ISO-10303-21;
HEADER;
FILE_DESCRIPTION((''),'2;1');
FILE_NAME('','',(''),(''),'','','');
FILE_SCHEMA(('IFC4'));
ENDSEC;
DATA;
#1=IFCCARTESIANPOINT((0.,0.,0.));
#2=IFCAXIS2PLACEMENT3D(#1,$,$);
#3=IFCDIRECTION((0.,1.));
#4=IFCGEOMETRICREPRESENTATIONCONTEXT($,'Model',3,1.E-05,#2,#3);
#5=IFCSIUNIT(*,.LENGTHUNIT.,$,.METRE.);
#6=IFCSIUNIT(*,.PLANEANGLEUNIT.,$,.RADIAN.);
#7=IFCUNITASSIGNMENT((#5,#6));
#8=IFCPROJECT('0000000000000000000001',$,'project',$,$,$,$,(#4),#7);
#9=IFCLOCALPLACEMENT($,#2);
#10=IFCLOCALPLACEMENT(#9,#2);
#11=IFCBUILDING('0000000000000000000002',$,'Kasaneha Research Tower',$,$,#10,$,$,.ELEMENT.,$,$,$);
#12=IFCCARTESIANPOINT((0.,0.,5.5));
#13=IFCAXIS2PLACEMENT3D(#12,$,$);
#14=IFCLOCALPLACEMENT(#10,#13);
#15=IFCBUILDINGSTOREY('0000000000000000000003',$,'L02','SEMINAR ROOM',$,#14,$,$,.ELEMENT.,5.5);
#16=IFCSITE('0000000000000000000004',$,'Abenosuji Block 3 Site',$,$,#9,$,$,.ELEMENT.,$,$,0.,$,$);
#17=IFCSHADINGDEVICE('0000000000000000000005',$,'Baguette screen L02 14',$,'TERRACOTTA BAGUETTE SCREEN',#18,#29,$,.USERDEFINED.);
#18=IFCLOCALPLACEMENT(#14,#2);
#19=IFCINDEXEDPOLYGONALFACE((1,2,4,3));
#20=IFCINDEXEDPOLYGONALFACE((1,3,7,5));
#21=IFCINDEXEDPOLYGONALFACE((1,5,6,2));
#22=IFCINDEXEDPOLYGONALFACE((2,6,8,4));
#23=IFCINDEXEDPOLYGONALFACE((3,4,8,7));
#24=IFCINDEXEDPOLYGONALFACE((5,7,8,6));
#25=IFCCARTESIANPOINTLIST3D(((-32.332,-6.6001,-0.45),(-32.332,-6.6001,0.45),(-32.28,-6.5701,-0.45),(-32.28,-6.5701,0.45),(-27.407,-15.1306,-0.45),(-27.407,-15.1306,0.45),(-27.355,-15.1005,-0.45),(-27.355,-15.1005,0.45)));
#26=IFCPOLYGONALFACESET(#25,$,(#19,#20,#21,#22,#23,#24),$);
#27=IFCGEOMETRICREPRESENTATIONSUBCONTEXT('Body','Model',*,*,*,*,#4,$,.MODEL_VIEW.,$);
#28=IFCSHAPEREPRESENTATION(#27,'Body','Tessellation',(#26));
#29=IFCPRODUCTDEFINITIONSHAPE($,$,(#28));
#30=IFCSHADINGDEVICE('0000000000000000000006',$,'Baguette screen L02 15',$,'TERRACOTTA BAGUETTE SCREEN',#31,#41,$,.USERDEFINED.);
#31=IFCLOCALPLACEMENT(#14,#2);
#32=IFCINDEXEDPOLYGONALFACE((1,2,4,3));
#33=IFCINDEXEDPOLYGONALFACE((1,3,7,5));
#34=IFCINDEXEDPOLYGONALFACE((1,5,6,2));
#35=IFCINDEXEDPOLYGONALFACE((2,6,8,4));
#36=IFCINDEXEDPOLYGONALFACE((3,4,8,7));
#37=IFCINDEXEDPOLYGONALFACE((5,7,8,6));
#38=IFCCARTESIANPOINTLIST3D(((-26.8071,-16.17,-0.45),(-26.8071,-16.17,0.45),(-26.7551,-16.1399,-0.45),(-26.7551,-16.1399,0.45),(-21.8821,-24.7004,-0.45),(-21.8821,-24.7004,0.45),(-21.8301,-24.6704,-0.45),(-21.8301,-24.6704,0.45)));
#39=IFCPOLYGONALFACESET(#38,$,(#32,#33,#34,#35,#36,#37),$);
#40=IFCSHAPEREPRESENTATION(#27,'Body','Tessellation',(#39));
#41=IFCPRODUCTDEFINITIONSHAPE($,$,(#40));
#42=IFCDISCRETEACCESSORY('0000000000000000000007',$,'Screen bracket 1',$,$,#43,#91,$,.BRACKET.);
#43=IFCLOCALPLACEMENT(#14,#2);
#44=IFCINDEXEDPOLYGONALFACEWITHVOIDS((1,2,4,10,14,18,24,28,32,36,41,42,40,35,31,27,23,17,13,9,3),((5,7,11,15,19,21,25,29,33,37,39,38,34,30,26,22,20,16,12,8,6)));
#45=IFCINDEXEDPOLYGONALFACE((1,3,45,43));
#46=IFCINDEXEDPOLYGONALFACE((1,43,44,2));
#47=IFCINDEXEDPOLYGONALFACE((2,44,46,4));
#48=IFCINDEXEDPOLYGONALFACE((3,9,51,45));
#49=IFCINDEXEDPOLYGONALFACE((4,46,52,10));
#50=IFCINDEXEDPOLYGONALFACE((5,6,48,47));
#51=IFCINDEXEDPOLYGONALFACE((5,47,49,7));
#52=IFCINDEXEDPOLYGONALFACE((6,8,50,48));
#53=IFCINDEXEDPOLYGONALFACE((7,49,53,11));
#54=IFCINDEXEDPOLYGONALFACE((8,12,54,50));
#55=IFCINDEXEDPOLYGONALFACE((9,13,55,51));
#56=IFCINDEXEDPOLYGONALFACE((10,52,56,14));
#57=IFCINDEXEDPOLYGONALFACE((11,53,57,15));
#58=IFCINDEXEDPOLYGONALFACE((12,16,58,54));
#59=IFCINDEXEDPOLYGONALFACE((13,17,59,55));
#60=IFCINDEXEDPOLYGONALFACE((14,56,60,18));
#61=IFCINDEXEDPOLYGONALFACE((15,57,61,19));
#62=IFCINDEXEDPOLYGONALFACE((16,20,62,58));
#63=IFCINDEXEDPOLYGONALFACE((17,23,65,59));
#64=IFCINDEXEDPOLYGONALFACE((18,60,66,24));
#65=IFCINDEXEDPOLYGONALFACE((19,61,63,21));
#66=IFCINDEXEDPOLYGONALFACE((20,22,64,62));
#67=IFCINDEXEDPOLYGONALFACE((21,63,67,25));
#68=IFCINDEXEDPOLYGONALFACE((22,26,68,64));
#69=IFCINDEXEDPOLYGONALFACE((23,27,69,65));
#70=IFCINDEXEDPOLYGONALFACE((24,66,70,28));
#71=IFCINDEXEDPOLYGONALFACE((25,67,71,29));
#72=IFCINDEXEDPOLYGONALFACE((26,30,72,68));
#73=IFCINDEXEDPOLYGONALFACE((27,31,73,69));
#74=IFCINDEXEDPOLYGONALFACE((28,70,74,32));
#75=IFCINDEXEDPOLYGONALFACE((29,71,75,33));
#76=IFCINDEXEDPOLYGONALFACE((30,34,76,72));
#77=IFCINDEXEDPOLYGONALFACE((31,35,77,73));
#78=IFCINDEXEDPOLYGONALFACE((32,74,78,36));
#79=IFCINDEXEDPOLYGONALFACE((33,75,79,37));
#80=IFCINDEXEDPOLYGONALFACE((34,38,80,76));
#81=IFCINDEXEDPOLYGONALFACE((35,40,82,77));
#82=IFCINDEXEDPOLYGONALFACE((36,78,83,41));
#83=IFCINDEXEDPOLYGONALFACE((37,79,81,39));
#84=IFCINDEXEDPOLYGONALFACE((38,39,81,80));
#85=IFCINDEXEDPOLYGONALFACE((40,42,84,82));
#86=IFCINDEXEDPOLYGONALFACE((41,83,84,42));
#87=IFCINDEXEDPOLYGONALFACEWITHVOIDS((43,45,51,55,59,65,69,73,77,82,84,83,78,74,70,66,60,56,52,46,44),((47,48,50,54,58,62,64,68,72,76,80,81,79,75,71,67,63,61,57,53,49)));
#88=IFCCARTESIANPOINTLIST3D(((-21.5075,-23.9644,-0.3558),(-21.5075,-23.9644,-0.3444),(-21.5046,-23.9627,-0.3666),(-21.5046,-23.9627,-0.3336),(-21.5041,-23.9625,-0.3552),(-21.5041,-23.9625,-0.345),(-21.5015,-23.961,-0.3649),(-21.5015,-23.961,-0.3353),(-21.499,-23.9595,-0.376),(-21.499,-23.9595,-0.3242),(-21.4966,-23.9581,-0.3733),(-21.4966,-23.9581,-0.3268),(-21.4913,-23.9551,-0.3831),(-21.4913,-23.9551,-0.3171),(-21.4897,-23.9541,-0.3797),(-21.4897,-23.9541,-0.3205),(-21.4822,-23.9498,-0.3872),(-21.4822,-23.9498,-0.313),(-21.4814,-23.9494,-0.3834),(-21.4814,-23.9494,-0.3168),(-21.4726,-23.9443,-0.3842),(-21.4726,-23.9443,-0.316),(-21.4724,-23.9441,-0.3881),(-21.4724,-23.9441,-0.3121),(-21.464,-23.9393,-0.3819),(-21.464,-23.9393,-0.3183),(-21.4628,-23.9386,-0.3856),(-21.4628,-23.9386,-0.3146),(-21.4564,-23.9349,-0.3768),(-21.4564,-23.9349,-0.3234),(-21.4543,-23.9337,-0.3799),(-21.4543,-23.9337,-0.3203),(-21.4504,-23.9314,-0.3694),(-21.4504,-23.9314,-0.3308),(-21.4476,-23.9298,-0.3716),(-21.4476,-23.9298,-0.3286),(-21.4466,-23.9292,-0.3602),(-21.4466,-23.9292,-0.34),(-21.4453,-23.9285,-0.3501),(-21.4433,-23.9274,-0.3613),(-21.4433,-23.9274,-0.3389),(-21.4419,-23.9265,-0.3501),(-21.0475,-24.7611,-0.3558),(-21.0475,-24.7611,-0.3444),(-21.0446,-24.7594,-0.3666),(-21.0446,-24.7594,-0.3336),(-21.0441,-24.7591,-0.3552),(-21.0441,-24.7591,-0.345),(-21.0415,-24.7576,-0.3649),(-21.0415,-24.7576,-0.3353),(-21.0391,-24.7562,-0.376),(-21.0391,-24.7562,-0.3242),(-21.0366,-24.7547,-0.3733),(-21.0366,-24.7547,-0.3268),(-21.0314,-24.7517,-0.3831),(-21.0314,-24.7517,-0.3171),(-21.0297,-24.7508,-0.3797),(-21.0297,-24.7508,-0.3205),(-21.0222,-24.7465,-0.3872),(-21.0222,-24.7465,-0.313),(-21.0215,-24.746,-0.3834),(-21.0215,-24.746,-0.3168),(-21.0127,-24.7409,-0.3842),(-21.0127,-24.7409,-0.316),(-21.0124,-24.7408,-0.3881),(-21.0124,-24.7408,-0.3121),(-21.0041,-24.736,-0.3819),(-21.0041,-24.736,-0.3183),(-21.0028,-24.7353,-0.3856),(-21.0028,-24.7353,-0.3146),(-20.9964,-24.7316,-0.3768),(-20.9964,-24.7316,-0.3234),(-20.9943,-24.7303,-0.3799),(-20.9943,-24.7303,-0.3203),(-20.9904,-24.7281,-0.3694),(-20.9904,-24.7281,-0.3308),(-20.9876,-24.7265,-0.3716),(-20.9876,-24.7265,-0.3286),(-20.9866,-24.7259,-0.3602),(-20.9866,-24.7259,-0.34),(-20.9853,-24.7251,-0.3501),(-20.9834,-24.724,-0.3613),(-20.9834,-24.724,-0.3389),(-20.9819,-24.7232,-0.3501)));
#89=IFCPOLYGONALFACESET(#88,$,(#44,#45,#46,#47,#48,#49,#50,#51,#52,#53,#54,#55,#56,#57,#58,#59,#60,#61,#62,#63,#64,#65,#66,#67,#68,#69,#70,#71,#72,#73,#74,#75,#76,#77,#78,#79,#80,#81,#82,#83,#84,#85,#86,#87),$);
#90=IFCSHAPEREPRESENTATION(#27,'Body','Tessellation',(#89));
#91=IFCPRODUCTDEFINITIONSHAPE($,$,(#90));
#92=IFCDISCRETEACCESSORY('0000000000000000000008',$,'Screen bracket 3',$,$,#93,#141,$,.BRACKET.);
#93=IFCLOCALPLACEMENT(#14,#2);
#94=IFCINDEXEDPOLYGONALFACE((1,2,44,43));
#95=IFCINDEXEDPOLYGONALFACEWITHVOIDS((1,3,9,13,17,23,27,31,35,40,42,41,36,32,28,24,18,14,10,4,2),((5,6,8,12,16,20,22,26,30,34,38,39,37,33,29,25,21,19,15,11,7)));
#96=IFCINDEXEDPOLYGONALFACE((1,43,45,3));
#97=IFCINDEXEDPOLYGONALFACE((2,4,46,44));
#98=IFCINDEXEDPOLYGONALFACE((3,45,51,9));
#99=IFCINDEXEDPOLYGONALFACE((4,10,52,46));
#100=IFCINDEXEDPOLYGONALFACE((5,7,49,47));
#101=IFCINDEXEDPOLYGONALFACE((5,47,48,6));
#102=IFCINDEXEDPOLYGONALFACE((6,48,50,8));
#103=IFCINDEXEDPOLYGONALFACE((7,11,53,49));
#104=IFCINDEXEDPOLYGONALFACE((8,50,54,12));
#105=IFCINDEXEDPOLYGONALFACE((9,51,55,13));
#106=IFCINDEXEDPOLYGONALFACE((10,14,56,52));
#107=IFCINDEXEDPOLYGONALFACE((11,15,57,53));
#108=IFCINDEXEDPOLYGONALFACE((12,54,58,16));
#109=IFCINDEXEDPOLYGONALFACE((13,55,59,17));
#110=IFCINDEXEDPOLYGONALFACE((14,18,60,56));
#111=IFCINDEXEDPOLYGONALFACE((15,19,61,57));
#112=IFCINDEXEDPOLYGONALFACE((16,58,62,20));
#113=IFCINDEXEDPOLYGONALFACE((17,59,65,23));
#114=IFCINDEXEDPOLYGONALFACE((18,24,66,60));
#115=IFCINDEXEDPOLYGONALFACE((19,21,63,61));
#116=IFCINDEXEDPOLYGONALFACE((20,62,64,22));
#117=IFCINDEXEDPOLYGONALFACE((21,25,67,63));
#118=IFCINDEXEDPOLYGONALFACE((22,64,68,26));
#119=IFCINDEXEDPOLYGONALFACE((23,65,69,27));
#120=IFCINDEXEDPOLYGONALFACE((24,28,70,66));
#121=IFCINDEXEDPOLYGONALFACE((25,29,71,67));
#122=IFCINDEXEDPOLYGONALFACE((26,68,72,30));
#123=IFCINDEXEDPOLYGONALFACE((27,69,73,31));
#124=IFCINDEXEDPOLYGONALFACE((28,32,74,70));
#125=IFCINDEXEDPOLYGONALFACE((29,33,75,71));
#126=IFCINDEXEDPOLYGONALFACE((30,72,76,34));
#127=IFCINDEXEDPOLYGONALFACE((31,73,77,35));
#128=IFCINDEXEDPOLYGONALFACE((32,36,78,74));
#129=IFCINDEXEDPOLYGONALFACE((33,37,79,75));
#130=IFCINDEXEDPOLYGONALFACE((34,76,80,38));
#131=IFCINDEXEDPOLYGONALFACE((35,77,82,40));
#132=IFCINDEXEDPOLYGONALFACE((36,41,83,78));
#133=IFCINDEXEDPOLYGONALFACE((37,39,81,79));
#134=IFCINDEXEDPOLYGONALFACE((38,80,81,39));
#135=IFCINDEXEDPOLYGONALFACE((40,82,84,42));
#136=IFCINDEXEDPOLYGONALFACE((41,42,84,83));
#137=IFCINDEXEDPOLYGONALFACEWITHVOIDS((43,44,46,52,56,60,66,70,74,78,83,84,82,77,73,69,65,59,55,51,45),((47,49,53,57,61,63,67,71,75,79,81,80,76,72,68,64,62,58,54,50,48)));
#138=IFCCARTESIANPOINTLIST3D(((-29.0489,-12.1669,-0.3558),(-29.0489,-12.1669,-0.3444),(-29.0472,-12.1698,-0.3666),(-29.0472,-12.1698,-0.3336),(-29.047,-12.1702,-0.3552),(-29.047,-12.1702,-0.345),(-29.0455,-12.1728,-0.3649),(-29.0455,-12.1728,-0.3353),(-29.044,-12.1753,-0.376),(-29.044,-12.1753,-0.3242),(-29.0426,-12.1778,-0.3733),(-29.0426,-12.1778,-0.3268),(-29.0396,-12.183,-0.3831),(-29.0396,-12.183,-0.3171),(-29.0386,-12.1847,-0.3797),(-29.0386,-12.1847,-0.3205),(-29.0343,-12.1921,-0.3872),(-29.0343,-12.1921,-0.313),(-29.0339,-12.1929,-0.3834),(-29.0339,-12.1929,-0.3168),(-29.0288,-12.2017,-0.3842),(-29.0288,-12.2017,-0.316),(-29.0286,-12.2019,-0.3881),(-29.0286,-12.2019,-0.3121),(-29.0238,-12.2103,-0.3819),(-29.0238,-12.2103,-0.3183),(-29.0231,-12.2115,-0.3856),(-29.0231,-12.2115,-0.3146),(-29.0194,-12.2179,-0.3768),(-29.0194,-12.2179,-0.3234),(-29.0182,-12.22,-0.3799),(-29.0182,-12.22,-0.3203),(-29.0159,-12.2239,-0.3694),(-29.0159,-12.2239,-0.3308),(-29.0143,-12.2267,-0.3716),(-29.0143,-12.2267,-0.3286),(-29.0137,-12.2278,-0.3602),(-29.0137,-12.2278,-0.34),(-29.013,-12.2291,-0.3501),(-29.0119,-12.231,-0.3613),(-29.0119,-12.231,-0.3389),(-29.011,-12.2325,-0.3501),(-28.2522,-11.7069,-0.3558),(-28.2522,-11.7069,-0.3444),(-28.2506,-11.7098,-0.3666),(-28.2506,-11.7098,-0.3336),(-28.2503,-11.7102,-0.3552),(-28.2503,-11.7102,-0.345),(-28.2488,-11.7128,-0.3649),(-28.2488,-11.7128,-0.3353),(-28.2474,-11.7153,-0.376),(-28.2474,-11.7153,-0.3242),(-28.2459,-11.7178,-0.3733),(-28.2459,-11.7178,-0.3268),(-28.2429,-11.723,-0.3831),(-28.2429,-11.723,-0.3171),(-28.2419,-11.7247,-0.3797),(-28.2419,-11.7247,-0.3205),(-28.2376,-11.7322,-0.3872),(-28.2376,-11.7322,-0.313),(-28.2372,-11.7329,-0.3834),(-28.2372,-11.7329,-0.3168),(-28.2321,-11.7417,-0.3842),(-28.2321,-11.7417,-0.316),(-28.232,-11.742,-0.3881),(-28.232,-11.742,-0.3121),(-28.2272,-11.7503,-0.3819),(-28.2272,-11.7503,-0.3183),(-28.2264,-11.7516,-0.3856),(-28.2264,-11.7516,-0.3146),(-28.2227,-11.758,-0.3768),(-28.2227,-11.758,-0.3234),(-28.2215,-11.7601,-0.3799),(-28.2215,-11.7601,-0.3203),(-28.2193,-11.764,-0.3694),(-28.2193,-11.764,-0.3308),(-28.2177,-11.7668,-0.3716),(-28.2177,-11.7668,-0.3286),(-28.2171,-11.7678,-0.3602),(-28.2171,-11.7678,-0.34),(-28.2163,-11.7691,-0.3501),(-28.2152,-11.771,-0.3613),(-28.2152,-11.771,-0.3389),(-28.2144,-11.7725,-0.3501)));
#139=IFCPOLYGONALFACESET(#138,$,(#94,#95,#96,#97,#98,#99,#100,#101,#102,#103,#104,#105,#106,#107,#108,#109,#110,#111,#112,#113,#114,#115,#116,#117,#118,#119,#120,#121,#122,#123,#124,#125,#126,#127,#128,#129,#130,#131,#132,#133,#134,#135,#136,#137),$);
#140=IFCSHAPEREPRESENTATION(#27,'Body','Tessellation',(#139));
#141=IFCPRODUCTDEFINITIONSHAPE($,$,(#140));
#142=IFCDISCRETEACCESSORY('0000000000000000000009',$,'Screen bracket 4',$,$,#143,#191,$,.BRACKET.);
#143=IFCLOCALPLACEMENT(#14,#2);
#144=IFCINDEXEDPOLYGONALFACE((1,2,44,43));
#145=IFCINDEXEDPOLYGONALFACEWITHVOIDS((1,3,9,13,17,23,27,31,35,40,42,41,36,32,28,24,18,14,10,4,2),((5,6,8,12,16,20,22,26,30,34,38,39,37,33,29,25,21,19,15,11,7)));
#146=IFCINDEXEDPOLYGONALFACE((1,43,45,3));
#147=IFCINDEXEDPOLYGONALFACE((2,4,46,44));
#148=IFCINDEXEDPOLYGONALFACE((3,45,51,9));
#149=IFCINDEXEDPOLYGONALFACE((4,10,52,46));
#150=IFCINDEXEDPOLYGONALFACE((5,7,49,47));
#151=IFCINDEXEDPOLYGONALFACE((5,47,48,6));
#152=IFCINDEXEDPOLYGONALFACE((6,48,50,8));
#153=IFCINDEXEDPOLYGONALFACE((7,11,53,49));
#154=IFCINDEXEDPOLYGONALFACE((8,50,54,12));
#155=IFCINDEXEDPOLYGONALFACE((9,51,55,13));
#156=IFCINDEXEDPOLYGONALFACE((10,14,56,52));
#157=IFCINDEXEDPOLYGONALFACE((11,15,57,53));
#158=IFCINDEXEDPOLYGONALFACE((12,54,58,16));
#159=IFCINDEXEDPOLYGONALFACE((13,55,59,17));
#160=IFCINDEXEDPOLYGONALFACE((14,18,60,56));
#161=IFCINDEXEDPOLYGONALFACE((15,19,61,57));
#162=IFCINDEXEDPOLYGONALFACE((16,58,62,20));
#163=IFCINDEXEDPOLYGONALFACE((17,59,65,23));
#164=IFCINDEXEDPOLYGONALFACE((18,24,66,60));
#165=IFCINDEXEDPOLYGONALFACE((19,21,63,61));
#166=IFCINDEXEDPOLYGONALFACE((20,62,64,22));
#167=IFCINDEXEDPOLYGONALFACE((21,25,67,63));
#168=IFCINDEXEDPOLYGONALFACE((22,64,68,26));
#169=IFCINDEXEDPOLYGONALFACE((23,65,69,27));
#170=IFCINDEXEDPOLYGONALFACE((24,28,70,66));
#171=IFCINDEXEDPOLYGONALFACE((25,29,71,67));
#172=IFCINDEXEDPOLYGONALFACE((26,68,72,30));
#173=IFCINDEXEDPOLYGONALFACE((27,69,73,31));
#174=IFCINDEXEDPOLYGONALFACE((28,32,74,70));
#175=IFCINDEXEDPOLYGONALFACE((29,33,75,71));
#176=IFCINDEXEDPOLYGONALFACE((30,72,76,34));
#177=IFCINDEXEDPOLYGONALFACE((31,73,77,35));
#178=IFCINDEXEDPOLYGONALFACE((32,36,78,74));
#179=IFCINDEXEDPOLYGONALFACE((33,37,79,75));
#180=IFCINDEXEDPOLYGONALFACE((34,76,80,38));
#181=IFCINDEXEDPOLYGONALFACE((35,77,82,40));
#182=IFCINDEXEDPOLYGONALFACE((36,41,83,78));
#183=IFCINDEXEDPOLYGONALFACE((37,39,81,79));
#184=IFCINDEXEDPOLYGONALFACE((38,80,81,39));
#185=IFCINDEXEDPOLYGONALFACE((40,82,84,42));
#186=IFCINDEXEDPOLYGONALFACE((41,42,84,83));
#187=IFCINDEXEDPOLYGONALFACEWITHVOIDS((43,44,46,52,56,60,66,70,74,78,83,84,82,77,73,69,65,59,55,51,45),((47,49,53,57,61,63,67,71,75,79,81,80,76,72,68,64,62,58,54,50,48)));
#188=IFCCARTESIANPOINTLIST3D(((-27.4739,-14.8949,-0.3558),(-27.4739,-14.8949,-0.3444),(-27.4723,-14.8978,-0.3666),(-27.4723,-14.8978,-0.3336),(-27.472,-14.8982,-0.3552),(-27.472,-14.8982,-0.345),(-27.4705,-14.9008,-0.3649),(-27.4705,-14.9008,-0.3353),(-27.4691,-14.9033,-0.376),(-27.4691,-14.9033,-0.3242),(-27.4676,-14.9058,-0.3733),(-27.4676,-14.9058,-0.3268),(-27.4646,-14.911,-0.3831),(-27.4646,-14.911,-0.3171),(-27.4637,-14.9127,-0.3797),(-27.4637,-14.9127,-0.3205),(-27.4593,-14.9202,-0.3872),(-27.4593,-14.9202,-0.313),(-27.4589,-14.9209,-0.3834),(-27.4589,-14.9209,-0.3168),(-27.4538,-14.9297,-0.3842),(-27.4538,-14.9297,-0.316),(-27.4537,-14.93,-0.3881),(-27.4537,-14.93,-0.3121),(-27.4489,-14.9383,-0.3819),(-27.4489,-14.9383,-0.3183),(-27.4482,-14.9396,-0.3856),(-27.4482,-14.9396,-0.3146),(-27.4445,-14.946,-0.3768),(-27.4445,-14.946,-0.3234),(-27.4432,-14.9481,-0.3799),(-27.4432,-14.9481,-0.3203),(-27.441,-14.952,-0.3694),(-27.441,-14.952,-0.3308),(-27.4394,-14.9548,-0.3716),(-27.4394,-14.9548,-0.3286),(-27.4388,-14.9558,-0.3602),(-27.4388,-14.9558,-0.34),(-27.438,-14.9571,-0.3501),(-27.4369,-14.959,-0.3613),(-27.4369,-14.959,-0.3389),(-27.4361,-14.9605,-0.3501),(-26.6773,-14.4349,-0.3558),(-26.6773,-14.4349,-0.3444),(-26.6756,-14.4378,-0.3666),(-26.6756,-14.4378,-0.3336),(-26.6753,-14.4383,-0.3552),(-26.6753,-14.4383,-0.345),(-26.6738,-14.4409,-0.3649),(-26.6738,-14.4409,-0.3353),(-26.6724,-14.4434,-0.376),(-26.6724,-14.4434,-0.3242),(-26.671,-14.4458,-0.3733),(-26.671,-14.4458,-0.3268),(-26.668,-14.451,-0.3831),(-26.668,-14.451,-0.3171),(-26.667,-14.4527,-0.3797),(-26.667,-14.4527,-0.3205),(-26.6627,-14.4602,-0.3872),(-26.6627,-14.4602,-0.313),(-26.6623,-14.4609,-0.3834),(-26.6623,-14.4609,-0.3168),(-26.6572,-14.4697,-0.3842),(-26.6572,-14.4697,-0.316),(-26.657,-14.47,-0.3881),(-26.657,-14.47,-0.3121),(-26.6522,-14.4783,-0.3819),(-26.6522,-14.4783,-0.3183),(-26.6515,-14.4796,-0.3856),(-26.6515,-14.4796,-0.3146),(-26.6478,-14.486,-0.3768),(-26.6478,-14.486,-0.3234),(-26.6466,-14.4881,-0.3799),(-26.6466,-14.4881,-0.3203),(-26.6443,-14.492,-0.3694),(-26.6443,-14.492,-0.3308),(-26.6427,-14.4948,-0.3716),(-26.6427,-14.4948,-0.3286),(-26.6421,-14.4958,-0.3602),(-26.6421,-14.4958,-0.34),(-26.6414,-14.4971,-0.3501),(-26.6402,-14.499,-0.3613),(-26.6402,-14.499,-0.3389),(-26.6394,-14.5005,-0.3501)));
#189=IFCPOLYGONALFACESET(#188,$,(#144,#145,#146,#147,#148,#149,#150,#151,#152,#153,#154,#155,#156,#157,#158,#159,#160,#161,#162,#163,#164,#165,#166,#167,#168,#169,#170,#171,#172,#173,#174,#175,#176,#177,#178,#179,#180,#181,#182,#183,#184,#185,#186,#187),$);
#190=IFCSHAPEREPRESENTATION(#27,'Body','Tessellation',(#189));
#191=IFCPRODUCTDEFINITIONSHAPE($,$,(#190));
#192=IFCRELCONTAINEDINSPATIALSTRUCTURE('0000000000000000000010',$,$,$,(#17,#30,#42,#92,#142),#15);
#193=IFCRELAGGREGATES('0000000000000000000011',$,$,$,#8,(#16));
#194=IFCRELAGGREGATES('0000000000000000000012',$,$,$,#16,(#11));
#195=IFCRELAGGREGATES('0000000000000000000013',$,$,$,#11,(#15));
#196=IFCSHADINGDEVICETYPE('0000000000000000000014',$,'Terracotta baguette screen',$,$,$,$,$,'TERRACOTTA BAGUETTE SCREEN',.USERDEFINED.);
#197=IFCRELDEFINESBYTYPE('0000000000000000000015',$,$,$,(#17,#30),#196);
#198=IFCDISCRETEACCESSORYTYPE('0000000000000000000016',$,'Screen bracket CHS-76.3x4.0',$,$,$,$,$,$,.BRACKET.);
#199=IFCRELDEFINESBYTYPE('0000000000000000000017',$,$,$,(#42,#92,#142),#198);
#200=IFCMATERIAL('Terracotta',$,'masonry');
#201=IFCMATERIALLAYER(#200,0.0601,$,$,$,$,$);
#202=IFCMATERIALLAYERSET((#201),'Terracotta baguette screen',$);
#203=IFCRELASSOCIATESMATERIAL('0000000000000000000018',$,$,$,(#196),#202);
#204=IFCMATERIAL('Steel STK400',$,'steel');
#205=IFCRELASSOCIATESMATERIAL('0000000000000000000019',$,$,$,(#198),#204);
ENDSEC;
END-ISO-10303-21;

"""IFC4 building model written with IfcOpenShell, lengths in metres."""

from ifc_helpers import new_model, si_unit, direction, frame, origin, origin_2d, place, context, subcontext, project, spatial, rectangle, hollow_circle, extrude, material, layer, layer_set, material_profile, profile_set, type_object, element, save


model = new_model("IFC4")

# Units and contexts
model_context = context("Model", 3, precision=1e-05, world=origin(), true_north=direction((0.0, 1.0)))
body_context = subcontext(model_context, "Body", "Model", "MODEL_VIEW")
ifc_project = project(units=[si_unit("LENGTHUNIT", "METRE"), si_unit("PLANEANGLEUNIT", "RADIAN")], contexts=[model_context])

# Site, building, storey
site_placement = place(None, origin())
site = spatial("IfcSite", under=ifc_project, at=site_placement, Name="Abenosuji Block 3 Site", CompositionType="ELEMENT", RefElevation=0.0)
building_placement = place(site_placement, origin())
building = spatial("IfcBuilding", under=site, at=building_placement, Name="Kasaneha Research Tower", CompositionType="ELEMENT")
storey_placement = place(building_placement, frame((0.0, 0.0, 5.5)))
storey = spatial("IfcBuildingStorey", under=building, at=storey_placement, Name="L02", Description="SEMINAR ROOM", CompositionType="ELEMENT", Elevation=5.5)

# Shading devices
ifc_material_1 = material(Name="Terracotta", Category="masonry")
ifc_layer_1 = layer(ifc_material_1, 0.0601)
ifc_layer_set_1 = layer_set([ifc_layer_1], Name="Terracotta baguette screen")
shading_device_type = type_object("IfcShadingDeviceType", Name="Terracotta baguette screen", ElementType="TERRACOTTA BAGUETTE SCREEN", PredefinedType="USERDEFINED", material=ifc_layer_set_1)
for number, where, z_axis, x_axis, name in (
    (1, (-29.8435, -10.8503, -0.45), (0.0, 0.0, 1.0), (0.5, -0.866025, 0.0), "Baguette screen L02 14"),
    (2, (-24.3186, -20.4202, -0.45), (0.0, 0.0, 1.0), (0.5, -0.866025, 0.0), "Baguette screen L02 15"),
):
    element("IfcShadingDevice", number, at=place(storey_placement, frame(where, z_axis=z_axis, x_axis=x_axis)), inside=storey, type_object=shading_device_type, Name=name, ObjectType="TERRACOTTA BAGUETTE SCREEN", PredefinedType="USERDEFINED", context=body_context, shape_type="SweptSolid", body=[
        extrude(rectangle(XDim=9.8501, YDim=0.0601, at=origin_2d()), origin(), (0.0, 0.0, 1.0), 0.8999),
    ])

# Discrete accessories
ifc_material_2 = material(Name="Steel STK400", Category="steel")
ifc_material_profile_1 = material_profile(ifc_material_2, hollow_circle(Radius=0.0381, WallThickness=0.0039, at=origin_2d()), Name="CHS-76.3x4.0")
ifc_profile_set_1 = profile_set([ifc_material_profile_1], Name="Steel STK400")
discrete_accessory_type = type_object("IfcDiscreteAccessoryType", Name="Screen bracket CHS-76.3x4.0", PredefinedType="BRACKET", material=ifc_profile_set_1)
for number, where, z_axis, x_axis, name in (
    (3, (-21.4749, -23.9456, -0.3501), (0.500021, -0.866013, 0.0), (0.866013, 0.500021, 0.0), "Screen bracket 1"),
    (4, (-28.2334, -11.7395, -0.3501), (-0.866013, -0.500021, 0.0), (0.500021, -0.866013, 0.0), "Screen bracket 3"),
    (5, (-26.6584, -14.4675, -0.3501), (-0.866013, -0.500021, 0.0), (0.500021, -0.866013, 0.0), "Screen bracket 4"),
):
    element("IfcDiscreteAccessory", number, at=place(storey_placement, frame(where, z_axis=z_axis, x_axis=x_axis)), inside=storey, type_object=discrete_accessory_type, Name=name, PredefinedType="BRACKET", context=body_context, shape_type="SweptSolid", body=[
        extrude(hollow_circle(Radius=0.0381, WallThickness=0.0039, at=origin_2d()), origin(), (0.0, 0.0, 1.0), 0.9199),
    ])

save(model, "model.ifc")
